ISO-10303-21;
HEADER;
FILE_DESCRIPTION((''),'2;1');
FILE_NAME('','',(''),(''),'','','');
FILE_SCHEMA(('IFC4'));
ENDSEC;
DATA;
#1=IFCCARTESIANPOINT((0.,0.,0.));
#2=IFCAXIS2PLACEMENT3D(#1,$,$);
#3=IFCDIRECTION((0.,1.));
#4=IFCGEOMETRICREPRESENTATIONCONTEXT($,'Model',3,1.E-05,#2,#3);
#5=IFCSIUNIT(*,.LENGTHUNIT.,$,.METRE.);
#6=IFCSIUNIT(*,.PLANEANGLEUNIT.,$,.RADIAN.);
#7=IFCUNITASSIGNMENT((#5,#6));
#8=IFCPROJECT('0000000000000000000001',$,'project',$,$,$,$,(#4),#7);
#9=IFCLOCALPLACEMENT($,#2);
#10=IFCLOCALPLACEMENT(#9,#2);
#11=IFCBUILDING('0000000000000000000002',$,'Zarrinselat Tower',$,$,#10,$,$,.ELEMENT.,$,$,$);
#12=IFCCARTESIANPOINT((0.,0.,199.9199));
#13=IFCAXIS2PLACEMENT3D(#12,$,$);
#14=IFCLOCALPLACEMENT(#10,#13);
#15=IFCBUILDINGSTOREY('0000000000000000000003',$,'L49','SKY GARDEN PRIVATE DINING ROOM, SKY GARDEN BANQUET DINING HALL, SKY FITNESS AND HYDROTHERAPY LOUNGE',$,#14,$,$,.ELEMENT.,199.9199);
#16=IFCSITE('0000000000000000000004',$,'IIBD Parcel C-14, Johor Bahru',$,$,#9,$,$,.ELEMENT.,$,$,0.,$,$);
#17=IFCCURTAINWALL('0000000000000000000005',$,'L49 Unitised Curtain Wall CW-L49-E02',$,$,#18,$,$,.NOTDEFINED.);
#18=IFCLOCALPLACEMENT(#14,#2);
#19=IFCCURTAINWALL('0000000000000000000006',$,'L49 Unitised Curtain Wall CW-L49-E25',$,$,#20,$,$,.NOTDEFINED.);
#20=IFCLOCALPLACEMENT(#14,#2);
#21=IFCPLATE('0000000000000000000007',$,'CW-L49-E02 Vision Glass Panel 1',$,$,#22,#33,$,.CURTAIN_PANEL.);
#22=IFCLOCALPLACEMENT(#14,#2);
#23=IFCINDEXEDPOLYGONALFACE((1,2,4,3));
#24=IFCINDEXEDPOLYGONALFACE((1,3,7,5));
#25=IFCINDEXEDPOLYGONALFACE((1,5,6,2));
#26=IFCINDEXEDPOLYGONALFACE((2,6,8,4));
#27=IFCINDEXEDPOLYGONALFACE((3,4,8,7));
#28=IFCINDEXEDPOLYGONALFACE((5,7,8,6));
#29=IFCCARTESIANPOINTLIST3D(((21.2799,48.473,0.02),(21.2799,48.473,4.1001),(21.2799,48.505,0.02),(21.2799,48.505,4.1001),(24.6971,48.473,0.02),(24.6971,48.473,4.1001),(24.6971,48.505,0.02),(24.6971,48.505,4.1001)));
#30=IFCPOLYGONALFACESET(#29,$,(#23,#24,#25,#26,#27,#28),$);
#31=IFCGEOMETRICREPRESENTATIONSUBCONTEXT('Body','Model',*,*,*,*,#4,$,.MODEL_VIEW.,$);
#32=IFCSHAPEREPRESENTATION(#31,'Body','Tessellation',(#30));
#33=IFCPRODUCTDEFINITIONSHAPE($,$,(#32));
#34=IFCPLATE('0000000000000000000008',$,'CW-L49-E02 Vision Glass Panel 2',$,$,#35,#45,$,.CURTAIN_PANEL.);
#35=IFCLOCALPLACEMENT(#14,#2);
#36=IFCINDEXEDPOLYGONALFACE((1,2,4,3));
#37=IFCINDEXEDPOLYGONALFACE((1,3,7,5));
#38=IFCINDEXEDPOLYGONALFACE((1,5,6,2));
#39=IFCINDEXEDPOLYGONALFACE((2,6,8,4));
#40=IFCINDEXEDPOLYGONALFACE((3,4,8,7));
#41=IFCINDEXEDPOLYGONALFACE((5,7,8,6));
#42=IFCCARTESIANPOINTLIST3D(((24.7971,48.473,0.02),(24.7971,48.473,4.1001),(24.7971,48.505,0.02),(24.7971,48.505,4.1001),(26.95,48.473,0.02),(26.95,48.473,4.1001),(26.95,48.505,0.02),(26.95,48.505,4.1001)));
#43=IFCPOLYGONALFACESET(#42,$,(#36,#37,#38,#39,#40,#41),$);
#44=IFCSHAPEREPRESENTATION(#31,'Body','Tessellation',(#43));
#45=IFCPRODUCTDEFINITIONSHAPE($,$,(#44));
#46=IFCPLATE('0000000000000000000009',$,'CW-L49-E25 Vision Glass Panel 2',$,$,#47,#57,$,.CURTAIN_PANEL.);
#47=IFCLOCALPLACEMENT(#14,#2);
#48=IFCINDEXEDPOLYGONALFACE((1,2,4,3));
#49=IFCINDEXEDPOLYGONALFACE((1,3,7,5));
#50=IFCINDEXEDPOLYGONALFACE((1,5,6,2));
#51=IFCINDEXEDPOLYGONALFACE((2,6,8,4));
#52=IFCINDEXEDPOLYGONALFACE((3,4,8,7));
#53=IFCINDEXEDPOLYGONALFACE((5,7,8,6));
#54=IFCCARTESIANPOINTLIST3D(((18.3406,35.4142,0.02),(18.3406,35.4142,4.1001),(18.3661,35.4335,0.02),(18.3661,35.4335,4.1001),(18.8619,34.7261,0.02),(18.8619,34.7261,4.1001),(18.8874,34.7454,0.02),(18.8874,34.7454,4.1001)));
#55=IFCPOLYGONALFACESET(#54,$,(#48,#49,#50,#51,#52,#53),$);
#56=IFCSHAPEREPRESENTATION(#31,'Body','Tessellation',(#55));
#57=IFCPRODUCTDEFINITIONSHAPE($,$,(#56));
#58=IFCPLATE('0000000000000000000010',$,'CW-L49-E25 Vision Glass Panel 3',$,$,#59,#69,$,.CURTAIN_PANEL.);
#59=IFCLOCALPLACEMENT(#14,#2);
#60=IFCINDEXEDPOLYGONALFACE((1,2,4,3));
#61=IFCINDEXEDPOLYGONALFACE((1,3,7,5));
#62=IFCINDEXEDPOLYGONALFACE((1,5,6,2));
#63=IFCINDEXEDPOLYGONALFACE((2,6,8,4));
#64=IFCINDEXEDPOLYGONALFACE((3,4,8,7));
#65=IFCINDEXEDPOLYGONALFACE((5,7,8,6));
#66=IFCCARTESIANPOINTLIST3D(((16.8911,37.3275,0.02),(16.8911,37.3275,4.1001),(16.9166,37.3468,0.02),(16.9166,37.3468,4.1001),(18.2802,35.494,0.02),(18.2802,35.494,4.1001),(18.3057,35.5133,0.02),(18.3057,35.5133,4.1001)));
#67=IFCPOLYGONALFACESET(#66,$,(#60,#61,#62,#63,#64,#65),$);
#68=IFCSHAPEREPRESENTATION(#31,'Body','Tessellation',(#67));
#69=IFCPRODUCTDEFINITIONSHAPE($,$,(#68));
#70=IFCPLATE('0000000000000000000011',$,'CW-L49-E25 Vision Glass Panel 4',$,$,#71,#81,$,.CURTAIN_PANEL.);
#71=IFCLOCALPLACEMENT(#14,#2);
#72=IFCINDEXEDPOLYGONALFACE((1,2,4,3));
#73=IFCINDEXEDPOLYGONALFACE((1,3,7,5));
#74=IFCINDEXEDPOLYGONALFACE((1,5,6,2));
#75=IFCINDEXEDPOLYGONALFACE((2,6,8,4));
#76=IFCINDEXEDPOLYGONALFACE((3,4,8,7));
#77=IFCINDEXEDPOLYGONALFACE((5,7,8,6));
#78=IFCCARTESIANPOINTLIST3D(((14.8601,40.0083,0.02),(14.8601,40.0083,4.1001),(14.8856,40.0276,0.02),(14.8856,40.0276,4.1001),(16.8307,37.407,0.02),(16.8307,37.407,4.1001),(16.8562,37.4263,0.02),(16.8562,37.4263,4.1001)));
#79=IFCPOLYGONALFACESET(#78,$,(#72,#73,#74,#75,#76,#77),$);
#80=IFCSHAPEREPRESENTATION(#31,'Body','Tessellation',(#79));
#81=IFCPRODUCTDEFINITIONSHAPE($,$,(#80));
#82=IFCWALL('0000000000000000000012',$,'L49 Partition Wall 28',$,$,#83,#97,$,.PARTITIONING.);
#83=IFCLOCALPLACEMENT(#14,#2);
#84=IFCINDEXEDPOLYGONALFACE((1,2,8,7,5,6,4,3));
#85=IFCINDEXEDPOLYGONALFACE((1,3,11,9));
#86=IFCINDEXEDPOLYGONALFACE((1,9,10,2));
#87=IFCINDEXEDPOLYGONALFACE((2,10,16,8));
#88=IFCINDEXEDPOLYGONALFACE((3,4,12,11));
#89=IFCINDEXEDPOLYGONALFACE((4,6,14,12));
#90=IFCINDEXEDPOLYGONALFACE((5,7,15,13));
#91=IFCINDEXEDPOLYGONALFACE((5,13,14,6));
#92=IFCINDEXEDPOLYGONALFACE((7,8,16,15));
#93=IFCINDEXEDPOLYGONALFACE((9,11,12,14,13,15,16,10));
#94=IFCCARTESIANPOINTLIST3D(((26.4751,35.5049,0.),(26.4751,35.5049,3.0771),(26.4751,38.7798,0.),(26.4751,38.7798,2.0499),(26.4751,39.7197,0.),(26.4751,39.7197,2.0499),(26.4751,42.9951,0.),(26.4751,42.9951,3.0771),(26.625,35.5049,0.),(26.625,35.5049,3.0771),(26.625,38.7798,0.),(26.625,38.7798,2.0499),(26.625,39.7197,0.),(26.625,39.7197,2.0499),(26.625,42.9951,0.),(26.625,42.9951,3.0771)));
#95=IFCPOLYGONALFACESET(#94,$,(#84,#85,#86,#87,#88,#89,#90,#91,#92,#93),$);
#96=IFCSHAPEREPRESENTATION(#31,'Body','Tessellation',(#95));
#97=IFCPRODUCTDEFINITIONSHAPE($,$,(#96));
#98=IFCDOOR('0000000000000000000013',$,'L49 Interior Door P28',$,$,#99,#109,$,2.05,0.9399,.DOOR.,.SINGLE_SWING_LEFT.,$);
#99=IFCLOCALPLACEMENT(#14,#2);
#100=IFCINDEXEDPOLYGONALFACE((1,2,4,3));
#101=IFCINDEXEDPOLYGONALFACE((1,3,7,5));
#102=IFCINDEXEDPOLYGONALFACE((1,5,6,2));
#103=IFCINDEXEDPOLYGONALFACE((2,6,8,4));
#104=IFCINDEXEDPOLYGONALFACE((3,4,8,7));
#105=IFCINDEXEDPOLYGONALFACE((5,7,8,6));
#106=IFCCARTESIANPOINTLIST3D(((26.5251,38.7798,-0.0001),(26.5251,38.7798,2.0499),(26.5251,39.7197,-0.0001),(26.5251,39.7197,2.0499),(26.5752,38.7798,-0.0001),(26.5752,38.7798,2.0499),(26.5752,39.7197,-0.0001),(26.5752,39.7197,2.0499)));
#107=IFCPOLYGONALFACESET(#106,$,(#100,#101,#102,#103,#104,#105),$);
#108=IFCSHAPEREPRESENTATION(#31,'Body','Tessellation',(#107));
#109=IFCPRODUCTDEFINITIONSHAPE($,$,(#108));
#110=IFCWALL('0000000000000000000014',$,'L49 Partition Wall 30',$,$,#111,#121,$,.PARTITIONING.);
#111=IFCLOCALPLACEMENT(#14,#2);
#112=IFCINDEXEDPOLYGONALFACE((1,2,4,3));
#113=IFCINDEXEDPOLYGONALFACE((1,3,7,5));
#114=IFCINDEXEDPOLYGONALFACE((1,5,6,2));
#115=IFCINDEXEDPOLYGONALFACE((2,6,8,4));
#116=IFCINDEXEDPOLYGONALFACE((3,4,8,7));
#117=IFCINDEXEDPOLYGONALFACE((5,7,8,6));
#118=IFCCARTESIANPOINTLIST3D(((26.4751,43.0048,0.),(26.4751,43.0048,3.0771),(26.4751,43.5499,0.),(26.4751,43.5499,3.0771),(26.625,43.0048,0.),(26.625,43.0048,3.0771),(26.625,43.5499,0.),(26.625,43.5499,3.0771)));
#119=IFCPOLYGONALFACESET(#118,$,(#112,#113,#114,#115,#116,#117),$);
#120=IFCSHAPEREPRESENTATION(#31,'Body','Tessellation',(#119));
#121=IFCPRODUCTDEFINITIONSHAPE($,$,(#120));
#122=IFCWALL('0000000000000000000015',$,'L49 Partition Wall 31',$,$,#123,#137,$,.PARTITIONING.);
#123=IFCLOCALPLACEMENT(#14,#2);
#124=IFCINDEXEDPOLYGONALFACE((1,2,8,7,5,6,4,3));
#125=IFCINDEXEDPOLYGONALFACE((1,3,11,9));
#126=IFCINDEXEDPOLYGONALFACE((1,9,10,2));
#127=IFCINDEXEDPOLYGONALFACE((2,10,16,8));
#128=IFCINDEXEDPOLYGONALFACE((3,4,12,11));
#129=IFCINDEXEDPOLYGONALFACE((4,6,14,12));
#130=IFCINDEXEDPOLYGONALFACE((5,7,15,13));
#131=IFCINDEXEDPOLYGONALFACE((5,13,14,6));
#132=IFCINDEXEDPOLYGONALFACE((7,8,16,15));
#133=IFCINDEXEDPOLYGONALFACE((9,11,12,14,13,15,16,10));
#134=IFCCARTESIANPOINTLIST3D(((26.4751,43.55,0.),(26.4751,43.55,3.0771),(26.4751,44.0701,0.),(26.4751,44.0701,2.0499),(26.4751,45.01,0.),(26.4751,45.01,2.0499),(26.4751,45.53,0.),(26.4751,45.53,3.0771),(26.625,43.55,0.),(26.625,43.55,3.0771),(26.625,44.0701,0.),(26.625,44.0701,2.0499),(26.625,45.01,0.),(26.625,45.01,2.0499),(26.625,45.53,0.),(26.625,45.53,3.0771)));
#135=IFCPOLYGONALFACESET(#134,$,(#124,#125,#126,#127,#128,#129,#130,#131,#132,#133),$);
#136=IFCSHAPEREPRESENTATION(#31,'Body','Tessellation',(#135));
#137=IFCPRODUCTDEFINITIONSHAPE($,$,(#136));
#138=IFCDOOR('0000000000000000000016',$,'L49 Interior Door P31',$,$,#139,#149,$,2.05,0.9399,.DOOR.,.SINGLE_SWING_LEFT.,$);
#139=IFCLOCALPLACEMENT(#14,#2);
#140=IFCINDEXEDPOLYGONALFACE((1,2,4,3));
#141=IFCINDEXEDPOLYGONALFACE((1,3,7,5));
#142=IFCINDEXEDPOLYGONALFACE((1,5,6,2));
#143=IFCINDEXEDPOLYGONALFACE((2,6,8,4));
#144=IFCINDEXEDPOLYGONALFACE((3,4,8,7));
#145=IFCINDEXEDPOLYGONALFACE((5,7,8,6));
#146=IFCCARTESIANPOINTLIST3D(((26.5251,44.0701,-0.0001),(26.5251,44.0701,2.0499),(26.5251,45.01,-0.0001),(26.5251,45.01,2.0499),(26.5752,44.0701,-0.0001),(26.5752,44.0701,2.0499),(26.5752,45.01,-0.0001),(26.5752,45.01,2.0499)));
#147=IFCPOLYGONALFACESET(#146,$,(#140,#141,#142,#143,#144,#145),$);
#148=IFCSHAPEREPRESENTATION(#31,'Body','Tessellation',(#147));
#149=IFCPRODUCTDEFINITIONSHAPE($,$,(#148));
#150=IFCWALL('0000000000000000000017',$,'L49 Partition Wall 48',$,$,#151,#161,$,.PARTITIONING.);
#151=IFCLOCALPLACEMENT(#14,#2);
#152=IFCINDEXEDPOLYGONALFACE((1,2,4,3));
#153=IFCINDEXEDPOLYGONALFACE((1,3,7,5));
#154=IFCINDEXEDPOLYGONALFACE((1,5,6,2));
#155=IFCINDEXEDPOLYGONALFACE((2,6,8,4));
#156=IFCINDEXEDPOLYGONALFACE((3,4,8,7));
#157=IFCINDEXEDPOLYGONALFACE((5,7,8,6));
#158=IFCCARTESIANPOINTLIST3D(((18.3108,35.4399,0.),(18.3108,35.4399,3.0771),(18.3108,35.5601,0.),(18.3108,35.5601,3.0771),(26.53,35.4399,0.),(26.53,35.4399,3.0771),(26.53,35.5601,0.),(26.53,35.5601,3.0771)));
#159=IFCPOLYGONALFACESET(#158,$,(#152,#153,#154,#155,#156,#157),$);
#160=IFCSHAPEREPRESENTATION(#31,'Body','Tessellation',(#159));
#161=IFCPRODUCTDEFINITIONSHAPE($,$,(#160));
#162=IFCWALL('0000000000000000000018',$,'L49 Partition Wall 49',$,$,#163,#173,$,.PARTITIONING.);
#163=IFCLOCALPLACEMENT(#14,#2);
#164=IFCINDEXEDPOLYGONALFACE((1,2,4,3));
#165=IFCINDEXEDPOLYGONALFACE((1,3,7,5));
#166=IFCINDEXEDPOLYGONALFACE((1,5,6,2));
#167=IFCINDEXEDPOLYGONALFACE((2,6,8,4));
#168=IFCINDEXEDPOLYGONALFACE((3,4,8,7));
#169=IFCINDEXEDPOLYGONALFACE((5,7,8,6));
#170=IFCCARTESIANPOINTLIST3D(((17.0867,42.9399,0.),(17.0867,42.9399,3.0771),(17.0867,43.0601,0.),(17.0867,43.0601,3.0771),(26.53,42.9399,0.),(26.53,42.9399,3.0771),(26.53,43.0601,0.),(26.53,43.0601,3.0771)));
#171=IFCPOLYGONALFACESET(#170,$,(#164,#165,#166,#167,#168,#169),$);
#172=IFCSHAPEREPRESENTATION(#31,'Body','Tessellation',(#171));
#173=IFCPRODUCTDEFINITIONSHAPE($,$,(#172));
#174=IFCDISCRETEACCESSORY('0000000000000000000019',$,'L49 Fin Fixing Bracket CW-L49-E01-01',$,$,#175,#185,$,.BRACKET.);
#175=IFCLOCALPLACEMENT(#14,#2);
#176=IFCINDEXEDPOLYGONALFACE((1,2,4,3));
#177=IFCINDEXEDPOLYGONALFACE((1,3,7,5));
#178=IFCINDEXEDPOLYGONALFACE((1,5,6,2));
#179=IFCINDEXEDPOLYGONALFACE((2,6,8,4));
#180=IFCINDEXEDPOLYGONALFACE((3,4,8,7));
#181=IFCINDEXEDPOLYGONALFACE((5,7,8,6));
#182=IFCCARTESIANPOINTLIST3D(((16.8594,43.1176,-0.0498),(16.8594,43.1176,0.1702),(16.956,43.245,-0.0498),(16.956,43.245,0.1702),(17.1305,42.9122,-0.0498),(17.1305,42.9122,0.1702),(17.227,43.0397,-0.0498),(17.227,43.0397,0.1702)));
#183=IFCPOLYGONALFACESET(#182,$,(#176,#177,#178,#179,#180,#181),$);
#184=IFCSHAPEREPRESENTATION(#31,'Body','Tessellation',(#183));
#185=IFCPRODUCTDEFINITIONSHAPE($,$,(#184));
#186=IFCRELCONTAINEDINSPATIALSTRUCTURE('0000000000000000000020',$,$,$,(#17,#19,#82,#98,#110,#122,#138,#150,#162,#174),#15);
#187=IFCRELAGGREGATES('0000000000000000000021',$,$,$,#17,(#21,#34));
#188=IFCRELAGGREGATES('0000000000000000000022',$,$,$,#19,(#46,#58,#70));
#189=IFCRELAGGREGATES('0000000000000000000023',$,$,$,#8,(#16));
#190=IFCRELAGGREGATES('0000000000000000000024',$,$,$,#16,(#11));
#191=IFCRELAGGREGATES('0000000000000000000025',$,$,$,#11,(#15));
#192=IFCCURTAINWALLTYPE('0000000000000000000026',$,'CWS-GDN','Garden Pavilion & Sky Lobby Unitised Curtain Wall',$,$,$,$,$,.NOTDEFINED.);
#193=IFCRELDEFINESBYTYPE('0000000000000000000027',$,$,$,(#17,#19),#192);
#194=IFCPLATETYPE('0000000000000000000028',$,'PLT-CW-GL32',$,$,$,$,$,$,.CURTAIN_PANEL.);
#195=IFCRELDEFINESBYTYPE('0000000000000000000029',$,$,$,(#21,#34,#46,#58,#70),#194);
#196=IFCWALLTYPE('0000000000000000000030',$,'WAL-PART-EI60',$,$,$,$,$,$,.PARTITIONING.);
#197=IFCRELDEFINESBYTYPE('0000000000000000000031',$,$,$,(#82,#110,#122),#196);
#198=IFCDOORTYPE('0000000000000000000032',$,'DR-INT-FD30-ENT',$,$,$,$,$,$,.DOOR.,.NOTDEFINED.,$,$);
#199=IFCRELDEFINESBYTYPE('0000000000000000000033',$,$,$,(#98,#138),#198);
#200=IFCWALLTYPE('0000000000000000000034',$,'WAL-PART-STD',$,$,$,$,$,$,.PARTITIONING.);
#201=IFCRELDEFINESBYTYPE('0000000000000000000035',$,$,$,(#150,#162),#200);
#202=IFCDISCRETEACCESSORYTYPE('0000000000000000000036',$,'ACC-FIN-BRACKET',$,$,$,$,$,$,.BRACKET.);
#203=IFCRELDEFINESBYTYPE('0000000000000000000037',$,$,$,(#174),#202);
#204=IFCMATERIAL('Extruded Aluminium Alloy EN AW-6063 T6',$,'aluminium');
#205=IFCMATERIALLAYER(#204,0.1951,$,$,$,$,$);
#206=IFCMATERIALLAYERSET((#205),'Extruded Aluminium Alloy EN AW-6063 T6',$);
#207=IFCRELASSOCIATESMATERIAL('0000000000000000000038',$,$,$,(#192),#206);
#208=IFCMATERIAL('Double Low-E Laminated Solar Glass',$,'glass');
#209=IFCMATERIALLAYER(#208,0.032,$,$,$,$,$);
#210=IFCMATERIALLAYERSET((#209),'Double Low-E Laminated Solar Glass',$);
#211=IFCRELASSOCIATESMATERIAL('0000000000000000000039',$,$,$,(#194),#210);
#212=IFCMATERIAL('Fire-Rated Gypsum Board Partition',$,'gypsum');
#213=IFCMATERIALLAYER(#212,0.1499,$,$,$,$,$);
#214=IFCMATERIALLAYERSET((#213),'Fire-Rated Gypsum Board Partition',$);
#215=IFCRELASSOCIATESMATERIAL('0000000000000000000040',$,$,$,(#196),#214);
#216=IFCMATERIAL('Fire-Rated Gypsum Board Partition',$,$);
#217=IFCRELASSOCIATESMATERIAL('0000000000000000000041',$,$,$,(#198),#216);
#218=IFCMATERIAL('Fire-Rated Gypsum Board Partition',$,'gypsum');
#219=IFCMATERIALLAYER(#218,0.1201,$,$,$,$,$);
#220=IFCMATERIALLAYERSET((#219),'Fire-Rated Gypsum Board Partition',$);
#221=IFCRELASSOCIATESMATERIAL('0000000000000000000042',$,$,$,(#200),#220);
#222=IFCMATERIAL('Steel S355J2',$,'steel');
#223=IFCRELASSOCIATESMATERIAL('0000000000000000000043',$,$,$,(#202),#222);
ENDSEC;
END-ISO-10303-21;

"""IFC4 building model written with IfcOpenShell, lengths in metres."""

from ifc_helpers import new_model, si_unit, direction, frame, frame_2d, origin, origin_2d, place, context, subcontext, project, spatial, rectangle, extrude, material, layer, layer_set, type_object, element, fill, aggregate, save


model = new_model("IFC4")

# Units and contexts
model_context = context("Model", 3, precision=1e-05, world=origin(), true_north=direction((0.0, 1.0)))
body_context = subcontext(model_context, "Body", "Model", "MODEL_VIEW")
ifc_project = project(units=[si_unit("LENGTHUNIT", "METRE"), si_unit("PLANEANGLEUNIT", "RADIAN")], contexts=[model_context])

# Site, building, storey
site_placement = place(None, origin())
site = spatial("IfcSite", under=ifc_project, at=site_placement, Name="IIBD Parcel C-14, Johor Bahru", CompositionType="ELEMENT", RefElevation=0.0)
building_placement = place(site_placement, origin())
building = spatial("IfcBuilding", under=site, at=building_placement, Name="Zarrinselat Tower", CompositionType="ELEMENT")
storey_placement = place(building_placement, frame((0.0, 0.0, 199.9199)))
storey = spatial("IfcBuildingStorey", under=building, at=storey_placement, Name="L49", Description="SKY GARDEN PRIVATE DINING ROOM, SKY GARDEN BANQUET DINING HALL, SKY FITNESS AND HYDROTHERAPY LOUNGE", CompositionType="ELEMENT", Elevation=199.9199)

# Shared definitions
ifc_material_1 = material(Name="Extruded Aluminium Alloy EN AW-6063 T6", Category="aluminium")
ifc_layer_1 = layer(ifc_material_1, 0.1951)
ifc_layer_set_1 = layer_set([ifc_layer_1], Name="Extruded Aluminium Alloy EN AW-6063 T6")
curtain_wall_type = type_object("IfcCurtainWallType", Name="CWS-GDN", Description="Garden Pavilion & Sky Lobby Unitised Curtain Wall", PredefinedType="NOTDEFINED", material=ifc_layer_set_1)

# Curtain wall
curtain_wall_1_placement = place(storey_placement, origin())
curtain_wall_1 = element("IfcCurtainWall", 1, at=curtain_wall_1_placement, inside=storey, type_object=curtain_wall_type, Name="L49 Unitised Curtain Wall CW-L49-E02", PredefinedType="NOTDEFINED")

# Curtain wall
curtain_wall_2_placement = place(storey_placement, origin())
curtain_wall_2 = element("IfcCurtainWall", 2, at=curtain_wall_2_placement, inside=storey, type_object=curtain_wall_type, Name="L49 Unitised Curtain Wall CW-L49-E25", PredefinedType="NOTDEFINED")

# Plates
ifc_material_2 = material(Name="Double Low-E Laminated Solar Glass", Category="glass")
ifc_layer_2 = layer(ifc_material_2, 0.032)
ifc_layer_set_2 = layer_set([ifc_layer_2], Name="Double Low-E Laminated Solar Glass")
plate_type = type_object("IfcPlateType", Name="PLT-CW-GL32", PredefinedType="CURTAIN_PANEL", material=ifc_layer_set_2)
plate_1_placement = place(storey_placement, frame((22.9885, 48.489, 0.02), z_axis=(0.0, 0.0, 1.0), x_axis=(1.0, 0.0, 0.0)))
plate_1 = element("IfcPlate", 3, at=plate_1_placement, type_object=plate_type, Name="CW-L49-E02 Vision Glass Panel 1", PredefinedType="CURTAIN_PANEL", context=body_context, shape_type="SweptSolid", body=[
    extrude(rectangle(XDim=3.4172, YDim=0.032, at=origin_2d()), origin(), (0.0, 0.0, 1.0), 4.0801),
])
plate_2_placement = place(storey_placement, frame((25.8735, 48.489, 0.02), z_axis=(0.0, 0.0, 1.0), x_axis=(1.0, 0.0, 0.0)))
plate_2 = element("IfcPlate", 4, at=plate_2_placement, type_object=plate_type, Name="CW-L49-E02 Vision Glass Panel 2", PredefinedType="CURTAIN_PANEL", context=body_context, shape_type="SweptSolid", body=[
    extrude(rectangle(XDim=2.1528, YDim=0.032, at=origin_2d()), origin(), (0.0, 0.0, 1.0), 4.0801),
])
aggregate(curtain_wall_1, [plate_1, plate_2])
plate_3_placement = place(storey_placement, frame((18.614, 35.0798, 0.02), z_axis=(0.0, 0.0, 1.0), x_axis=(-0.603858, 0.797092, 0.0)))
plate_3 = element("IfcPlate", 5, at=plate_3_placement, type_object=plate_type, Name="CW-L49-E25 Vision Glass Panel 2", PredefinedType="CURTAIN_PANEL", context=body_context, shape_type="SweptSolid", body=[
    extrude(rectangle(XDim=0.8633, YDim=0.032, at=origin_2d()), origin(), (0.0, 0.0, 1.0), 4.0801),
])
plate_4_placement = place(storey_placement, frame((17.5984, 36.4204, 0.02), z_axis=(0.0, 0.0, 1.0), x_axis=(-0.603858, 0.797092, 0.0)))
plate_4 = element("IfcPlate", 6, at=plate_4_placement, type_object=plate_type, Name="CW-L49-E25 Vision Glass Panel 3", PredefinedType="CURTAIN_PANEL", context=body_context, shape_type="SweptSolid", body=[
    extrude(rectangle(XDim=2.3003, YDim=0.032, at=origin_2d()), origin(), (0.0, 0.0, 1.0), 4.0801),
])
plate_5_placement = place(storey_placement, frame((15.8582, 38.7173, 0.02), z_axis=(0.0, 0.0, 1.0), x_axis=(-0.603858, 0.797092, 0.0)))
plate_5 = element("IfcPlate", 7, at=plate_5_placement, type_object=plate_type, Name="CW-L49-E25 Vision Glass Panel 4", PredefinedType="CURTAIN_PANEL", context=body_context, shape_type="SweptSolid", body=[
    extrude(rectangle(XDim=3.2634, YDim=0.032, at=origin_2d()), origin(), (0.0, 0.0, 1.0), 4.0801),
])
aggregate(curtain_wall_2, [plate_3, plate_4, plate_5])

# Wall, opening, door
ifc_material_3 = material(Name="Fire-Rated Gypsum Board Partition", Category="gypsum")
ifc_layer_3 = layer(ifc_material_3, 0.1499)
ifc_layer_set_3 = layer_set([ifc_layer_3], Name="Fire-Rated Gypsum Board Partition")
wall_type_1 = type_object("IfcWallType", Name="WAL-PART-EI60", PredefinedType="PARTITIONING", material=ifc_layer_set_3)
wall_1_placement = place(storey_placement, frame((26.55, 35.5049, 0.0), z_axis=(0.0, 0.0, 1.0), x_axis=(0.0, 1.0, 0.0)))
wall_1 = element("IfcWall", 8, at=wall_1_placement, inside=storey, type_object=wall_type_1, Name="L49 Partition Wall 28", PredefinedType="PARTITIONING", context=body_context, shape_type="SweptSolid", body=[
    extrude(rectangle(XDim=7.4902, YDim=0.1499, at=frame_2d((3.7451, 0.0))), origin(), (0.0, 0.0, 1.0), 3.0771),
])
opening_1_placement = place(wall_1_placement, frame((3.2749, 0.0, 0.0)))
opening_1 = element("IfcOpeningElement", 9, at=opening_1_placement, cuts=wall_1, PredefinedType="OPENING", context=body_context, shape_type="SweptSolid", body=[
    extrude(rectangle(XDim=0.9399, YDim=2.05, at=frame_2d((0.47, 1.0249))), frame((0.0, 0.085, 0.0), z_axis=(0.0, -1.0, 0.0), x_axis=(1.0, 0.0, 0.0)), (0.0, 0.0, 1.0), 0.1699),
])
ifc_material_4 = material(Name="Fire-Rated Gypsum Board Partition")
door_type = type_object("IfcDoorType", Name="DR-INT-FD30-ENT", OperationType="NOTDEFINED", PredefinedType="DOOR", material=ifc_material_4)
door_1_placement = place(opening_1_placement, origin())
door_1 = element("IfcDoor", 10, at=door_1_placement, inside=storey, type_object=door_type, Name="L49 Interior Door P28", OperationType="SINGLE_SWING_LEFT", OverallHeight=2.05, OverallWidth=0.9399, PredefinedType="DOOR", context=body_context, shape_type="SweptSolid", body=[
    extrude(rectangle(XDim=0.9399, YDim=2.05, at=frame_2d((0.47, 1.0249))), frame((0.0, 0.0249, 0.0), z_axis=(0.0, -1.0, 0.0), x_axis=(1.0, 0.0, 0.0)), (0.0, 0.0, 1.0), 0.05),
])
fill(opening_1, door_1)

# Wall
wall_2_placement = place(storey_placement, frame((26.55, 43.0049, 0.0), z_axis=(0.0, 0.0, 1.0), x_axis=(0.0, 1.0, 0.0)))
element("IfcWall", 11, at=wall_2_placement, inside=storey, type_object=wall_type_1, Name="L49 Partition Wall 30", PredefinedType="PARTITIONING", context=body_context, shape_type="SweptSolid", body=[
    extrude(rectangle(XDim=0.5452, YDim=0.1499, at=frame_2d((0.2725, 0.0))), origin(), (0.0, 0.0, 1.0), 3.0771),
])

# Wall, opening, door
wall_3_placement = place(storey_placement, frame((26.55, 43.55, 0.0), z_axis=(0.0, 0.0, 1.0), x_axis=(0.0, 1.0, 0.0)))
wall_3 = element("IfcWall", 12, at=wall_3_placement, inside=storey, type_object=wall_type_1, Name="L49 Partition Wall 31", PredefinedType="PARTITIONING", context=body_context, shape_type="SweptSolid", body=[
    extrude(rectangle(XDim=1.98, YDim=0.1499, at=frame_2d((0.99, 0.0))), origin(), (0.0, 0.0, 1.0), 3.0771),
])
opening_2_placement = place(wall_3_placement, frame((0.52, 0.0, 0.0)))
opening_2 = element("IfcOpeningElement", 13, at=opening_2_placement, cuts=wall_3, PredefinedType="OPENING", context=body_context, shape_type="SweptSolid", body=[
    extrude(rectangle(XDim=0.9399, YDim=2.05, at=frame_2d((0.47, 1.0249))), frame((0.0, 0.085, 0.0), z_axis=(0.0, -1.0, 0.0), x_axis=(1.0, 0.0, 0.0)), (0.0, 0.0, 1.0), 0.1699),
])
door_2_placement = place(opening_2_placement, origin())
door_2 = element("IfcDoor", 14, at=door_2_placement, inside=storey, type_object=door_type, Name="L49 Interior Door P31", OperationType="SINGLE_SWING_LEFT", OverallHeight=2.05, OverallWidth=0.9399, PredefinedType="DOOR", context=body_context, shape_type="SweptSolid", body=[
    extrude(rectangle(XDim=0.9399, YDim=2.05, at=frame_2d((0.47, 1.0249))), frame((0.0, 0.0249, 0.0), z_axis=(0.0, -1.0, 0.0), x_axis=(1.0, 0.0, 0.0)), (0.0, 0.0, 1.0), 0.05),
])
fill(opening_2, door_2)

# Walls
ifc_material_5 = material(Name="Fire-Rated Gypsum Board Partition", Category="gypsum")
ifc_layer_4 = layer(ifc_material_5, 0.1201)
ifc_layer_set_4 = layer_set([ifc_layer_4], Name="Fire-Rated Gypsum Board Partition")
wall_type_2 = type_object("IfcWallType", Name="WAL-PART-STD", PredefinedType="PARTITIONING", material=ifc_layer_set_4)
wall_4_placement = place(storey_placement, frame((18.3108, 35.5, 0.0), z_axis=(0.0, 0.0, 1.0), x_axis=(1.0, 0.0, 0.0)))
element("IfcWall", 15, at=wall_4_placement, inside=storey, type_object=wall_type_2, Name="L49 Partition Wall 48", PredefinedType="PARTITIONING", context=body_context, shape_type="SweptSolid", body=[
    extrude(rectangle(XDim=8.2192, YDim=0.1201, at=frame_2d((4.1096, 0.0))), origin(), (0.0, 0.0, 1.0), 3.0771),
])
wall_5_placement = place(storey_placement, frame((17.0867, 43.0, 0.0), z_axis=(0.0, 0.0, 1.0), x_axis=(1.0, 0.0, 0.0)))
element("IfcWall", 16, at=wall_5_placement, inside=storey, type_object=wall_type_2, Name="L49 Partition Wall 49", PredefinedType="PARTITIONING", context=body_context, shape_type="SweptSolid", body=[
    extrude(rectangle(XDim=9.4434, YDim=0.1201, at=frame_2d((4.7217, 0.0))), origin(), (0.0, 0.0, 1.0), 3.0771),
])

# Discrete accessory
ifc_material_6 = material(Name="Steel S355J2", Category="steel")
discrete_accessory_type = type_object("IfcDiscreteAccessoryType", Name="ACC-FIN-BRACKET", PredefinedType="BRACKET", material=ifc_material_6)
for number, where, z_axis, x_axis, name in (
    (17, (17.0432, 43.0786, -0.0498), (0.0, 0.0, 1.0), (-0.797092, 0.603858, 0.0), "L49 Fin Fixing Bracket CW-L49-E01-01"),
):
    element("IfcDiscreteAccessory", number, at=place(storey_placement, frame(where, z_axis=z_axis, x_axis=x_axis)), inside=storey, type_object=discrete_accessory_type, Name=name, PredefinedType="BRACKET", context=body_context, shape_type="SweptSolid", body=[
        extrude(rectangle(XDim=0.3401, YDim=0.1599, at=origin_2d()), origin(), (0.0, 0.0, 1.0), 0.22),
    ])

save(model, "model.ifc")
